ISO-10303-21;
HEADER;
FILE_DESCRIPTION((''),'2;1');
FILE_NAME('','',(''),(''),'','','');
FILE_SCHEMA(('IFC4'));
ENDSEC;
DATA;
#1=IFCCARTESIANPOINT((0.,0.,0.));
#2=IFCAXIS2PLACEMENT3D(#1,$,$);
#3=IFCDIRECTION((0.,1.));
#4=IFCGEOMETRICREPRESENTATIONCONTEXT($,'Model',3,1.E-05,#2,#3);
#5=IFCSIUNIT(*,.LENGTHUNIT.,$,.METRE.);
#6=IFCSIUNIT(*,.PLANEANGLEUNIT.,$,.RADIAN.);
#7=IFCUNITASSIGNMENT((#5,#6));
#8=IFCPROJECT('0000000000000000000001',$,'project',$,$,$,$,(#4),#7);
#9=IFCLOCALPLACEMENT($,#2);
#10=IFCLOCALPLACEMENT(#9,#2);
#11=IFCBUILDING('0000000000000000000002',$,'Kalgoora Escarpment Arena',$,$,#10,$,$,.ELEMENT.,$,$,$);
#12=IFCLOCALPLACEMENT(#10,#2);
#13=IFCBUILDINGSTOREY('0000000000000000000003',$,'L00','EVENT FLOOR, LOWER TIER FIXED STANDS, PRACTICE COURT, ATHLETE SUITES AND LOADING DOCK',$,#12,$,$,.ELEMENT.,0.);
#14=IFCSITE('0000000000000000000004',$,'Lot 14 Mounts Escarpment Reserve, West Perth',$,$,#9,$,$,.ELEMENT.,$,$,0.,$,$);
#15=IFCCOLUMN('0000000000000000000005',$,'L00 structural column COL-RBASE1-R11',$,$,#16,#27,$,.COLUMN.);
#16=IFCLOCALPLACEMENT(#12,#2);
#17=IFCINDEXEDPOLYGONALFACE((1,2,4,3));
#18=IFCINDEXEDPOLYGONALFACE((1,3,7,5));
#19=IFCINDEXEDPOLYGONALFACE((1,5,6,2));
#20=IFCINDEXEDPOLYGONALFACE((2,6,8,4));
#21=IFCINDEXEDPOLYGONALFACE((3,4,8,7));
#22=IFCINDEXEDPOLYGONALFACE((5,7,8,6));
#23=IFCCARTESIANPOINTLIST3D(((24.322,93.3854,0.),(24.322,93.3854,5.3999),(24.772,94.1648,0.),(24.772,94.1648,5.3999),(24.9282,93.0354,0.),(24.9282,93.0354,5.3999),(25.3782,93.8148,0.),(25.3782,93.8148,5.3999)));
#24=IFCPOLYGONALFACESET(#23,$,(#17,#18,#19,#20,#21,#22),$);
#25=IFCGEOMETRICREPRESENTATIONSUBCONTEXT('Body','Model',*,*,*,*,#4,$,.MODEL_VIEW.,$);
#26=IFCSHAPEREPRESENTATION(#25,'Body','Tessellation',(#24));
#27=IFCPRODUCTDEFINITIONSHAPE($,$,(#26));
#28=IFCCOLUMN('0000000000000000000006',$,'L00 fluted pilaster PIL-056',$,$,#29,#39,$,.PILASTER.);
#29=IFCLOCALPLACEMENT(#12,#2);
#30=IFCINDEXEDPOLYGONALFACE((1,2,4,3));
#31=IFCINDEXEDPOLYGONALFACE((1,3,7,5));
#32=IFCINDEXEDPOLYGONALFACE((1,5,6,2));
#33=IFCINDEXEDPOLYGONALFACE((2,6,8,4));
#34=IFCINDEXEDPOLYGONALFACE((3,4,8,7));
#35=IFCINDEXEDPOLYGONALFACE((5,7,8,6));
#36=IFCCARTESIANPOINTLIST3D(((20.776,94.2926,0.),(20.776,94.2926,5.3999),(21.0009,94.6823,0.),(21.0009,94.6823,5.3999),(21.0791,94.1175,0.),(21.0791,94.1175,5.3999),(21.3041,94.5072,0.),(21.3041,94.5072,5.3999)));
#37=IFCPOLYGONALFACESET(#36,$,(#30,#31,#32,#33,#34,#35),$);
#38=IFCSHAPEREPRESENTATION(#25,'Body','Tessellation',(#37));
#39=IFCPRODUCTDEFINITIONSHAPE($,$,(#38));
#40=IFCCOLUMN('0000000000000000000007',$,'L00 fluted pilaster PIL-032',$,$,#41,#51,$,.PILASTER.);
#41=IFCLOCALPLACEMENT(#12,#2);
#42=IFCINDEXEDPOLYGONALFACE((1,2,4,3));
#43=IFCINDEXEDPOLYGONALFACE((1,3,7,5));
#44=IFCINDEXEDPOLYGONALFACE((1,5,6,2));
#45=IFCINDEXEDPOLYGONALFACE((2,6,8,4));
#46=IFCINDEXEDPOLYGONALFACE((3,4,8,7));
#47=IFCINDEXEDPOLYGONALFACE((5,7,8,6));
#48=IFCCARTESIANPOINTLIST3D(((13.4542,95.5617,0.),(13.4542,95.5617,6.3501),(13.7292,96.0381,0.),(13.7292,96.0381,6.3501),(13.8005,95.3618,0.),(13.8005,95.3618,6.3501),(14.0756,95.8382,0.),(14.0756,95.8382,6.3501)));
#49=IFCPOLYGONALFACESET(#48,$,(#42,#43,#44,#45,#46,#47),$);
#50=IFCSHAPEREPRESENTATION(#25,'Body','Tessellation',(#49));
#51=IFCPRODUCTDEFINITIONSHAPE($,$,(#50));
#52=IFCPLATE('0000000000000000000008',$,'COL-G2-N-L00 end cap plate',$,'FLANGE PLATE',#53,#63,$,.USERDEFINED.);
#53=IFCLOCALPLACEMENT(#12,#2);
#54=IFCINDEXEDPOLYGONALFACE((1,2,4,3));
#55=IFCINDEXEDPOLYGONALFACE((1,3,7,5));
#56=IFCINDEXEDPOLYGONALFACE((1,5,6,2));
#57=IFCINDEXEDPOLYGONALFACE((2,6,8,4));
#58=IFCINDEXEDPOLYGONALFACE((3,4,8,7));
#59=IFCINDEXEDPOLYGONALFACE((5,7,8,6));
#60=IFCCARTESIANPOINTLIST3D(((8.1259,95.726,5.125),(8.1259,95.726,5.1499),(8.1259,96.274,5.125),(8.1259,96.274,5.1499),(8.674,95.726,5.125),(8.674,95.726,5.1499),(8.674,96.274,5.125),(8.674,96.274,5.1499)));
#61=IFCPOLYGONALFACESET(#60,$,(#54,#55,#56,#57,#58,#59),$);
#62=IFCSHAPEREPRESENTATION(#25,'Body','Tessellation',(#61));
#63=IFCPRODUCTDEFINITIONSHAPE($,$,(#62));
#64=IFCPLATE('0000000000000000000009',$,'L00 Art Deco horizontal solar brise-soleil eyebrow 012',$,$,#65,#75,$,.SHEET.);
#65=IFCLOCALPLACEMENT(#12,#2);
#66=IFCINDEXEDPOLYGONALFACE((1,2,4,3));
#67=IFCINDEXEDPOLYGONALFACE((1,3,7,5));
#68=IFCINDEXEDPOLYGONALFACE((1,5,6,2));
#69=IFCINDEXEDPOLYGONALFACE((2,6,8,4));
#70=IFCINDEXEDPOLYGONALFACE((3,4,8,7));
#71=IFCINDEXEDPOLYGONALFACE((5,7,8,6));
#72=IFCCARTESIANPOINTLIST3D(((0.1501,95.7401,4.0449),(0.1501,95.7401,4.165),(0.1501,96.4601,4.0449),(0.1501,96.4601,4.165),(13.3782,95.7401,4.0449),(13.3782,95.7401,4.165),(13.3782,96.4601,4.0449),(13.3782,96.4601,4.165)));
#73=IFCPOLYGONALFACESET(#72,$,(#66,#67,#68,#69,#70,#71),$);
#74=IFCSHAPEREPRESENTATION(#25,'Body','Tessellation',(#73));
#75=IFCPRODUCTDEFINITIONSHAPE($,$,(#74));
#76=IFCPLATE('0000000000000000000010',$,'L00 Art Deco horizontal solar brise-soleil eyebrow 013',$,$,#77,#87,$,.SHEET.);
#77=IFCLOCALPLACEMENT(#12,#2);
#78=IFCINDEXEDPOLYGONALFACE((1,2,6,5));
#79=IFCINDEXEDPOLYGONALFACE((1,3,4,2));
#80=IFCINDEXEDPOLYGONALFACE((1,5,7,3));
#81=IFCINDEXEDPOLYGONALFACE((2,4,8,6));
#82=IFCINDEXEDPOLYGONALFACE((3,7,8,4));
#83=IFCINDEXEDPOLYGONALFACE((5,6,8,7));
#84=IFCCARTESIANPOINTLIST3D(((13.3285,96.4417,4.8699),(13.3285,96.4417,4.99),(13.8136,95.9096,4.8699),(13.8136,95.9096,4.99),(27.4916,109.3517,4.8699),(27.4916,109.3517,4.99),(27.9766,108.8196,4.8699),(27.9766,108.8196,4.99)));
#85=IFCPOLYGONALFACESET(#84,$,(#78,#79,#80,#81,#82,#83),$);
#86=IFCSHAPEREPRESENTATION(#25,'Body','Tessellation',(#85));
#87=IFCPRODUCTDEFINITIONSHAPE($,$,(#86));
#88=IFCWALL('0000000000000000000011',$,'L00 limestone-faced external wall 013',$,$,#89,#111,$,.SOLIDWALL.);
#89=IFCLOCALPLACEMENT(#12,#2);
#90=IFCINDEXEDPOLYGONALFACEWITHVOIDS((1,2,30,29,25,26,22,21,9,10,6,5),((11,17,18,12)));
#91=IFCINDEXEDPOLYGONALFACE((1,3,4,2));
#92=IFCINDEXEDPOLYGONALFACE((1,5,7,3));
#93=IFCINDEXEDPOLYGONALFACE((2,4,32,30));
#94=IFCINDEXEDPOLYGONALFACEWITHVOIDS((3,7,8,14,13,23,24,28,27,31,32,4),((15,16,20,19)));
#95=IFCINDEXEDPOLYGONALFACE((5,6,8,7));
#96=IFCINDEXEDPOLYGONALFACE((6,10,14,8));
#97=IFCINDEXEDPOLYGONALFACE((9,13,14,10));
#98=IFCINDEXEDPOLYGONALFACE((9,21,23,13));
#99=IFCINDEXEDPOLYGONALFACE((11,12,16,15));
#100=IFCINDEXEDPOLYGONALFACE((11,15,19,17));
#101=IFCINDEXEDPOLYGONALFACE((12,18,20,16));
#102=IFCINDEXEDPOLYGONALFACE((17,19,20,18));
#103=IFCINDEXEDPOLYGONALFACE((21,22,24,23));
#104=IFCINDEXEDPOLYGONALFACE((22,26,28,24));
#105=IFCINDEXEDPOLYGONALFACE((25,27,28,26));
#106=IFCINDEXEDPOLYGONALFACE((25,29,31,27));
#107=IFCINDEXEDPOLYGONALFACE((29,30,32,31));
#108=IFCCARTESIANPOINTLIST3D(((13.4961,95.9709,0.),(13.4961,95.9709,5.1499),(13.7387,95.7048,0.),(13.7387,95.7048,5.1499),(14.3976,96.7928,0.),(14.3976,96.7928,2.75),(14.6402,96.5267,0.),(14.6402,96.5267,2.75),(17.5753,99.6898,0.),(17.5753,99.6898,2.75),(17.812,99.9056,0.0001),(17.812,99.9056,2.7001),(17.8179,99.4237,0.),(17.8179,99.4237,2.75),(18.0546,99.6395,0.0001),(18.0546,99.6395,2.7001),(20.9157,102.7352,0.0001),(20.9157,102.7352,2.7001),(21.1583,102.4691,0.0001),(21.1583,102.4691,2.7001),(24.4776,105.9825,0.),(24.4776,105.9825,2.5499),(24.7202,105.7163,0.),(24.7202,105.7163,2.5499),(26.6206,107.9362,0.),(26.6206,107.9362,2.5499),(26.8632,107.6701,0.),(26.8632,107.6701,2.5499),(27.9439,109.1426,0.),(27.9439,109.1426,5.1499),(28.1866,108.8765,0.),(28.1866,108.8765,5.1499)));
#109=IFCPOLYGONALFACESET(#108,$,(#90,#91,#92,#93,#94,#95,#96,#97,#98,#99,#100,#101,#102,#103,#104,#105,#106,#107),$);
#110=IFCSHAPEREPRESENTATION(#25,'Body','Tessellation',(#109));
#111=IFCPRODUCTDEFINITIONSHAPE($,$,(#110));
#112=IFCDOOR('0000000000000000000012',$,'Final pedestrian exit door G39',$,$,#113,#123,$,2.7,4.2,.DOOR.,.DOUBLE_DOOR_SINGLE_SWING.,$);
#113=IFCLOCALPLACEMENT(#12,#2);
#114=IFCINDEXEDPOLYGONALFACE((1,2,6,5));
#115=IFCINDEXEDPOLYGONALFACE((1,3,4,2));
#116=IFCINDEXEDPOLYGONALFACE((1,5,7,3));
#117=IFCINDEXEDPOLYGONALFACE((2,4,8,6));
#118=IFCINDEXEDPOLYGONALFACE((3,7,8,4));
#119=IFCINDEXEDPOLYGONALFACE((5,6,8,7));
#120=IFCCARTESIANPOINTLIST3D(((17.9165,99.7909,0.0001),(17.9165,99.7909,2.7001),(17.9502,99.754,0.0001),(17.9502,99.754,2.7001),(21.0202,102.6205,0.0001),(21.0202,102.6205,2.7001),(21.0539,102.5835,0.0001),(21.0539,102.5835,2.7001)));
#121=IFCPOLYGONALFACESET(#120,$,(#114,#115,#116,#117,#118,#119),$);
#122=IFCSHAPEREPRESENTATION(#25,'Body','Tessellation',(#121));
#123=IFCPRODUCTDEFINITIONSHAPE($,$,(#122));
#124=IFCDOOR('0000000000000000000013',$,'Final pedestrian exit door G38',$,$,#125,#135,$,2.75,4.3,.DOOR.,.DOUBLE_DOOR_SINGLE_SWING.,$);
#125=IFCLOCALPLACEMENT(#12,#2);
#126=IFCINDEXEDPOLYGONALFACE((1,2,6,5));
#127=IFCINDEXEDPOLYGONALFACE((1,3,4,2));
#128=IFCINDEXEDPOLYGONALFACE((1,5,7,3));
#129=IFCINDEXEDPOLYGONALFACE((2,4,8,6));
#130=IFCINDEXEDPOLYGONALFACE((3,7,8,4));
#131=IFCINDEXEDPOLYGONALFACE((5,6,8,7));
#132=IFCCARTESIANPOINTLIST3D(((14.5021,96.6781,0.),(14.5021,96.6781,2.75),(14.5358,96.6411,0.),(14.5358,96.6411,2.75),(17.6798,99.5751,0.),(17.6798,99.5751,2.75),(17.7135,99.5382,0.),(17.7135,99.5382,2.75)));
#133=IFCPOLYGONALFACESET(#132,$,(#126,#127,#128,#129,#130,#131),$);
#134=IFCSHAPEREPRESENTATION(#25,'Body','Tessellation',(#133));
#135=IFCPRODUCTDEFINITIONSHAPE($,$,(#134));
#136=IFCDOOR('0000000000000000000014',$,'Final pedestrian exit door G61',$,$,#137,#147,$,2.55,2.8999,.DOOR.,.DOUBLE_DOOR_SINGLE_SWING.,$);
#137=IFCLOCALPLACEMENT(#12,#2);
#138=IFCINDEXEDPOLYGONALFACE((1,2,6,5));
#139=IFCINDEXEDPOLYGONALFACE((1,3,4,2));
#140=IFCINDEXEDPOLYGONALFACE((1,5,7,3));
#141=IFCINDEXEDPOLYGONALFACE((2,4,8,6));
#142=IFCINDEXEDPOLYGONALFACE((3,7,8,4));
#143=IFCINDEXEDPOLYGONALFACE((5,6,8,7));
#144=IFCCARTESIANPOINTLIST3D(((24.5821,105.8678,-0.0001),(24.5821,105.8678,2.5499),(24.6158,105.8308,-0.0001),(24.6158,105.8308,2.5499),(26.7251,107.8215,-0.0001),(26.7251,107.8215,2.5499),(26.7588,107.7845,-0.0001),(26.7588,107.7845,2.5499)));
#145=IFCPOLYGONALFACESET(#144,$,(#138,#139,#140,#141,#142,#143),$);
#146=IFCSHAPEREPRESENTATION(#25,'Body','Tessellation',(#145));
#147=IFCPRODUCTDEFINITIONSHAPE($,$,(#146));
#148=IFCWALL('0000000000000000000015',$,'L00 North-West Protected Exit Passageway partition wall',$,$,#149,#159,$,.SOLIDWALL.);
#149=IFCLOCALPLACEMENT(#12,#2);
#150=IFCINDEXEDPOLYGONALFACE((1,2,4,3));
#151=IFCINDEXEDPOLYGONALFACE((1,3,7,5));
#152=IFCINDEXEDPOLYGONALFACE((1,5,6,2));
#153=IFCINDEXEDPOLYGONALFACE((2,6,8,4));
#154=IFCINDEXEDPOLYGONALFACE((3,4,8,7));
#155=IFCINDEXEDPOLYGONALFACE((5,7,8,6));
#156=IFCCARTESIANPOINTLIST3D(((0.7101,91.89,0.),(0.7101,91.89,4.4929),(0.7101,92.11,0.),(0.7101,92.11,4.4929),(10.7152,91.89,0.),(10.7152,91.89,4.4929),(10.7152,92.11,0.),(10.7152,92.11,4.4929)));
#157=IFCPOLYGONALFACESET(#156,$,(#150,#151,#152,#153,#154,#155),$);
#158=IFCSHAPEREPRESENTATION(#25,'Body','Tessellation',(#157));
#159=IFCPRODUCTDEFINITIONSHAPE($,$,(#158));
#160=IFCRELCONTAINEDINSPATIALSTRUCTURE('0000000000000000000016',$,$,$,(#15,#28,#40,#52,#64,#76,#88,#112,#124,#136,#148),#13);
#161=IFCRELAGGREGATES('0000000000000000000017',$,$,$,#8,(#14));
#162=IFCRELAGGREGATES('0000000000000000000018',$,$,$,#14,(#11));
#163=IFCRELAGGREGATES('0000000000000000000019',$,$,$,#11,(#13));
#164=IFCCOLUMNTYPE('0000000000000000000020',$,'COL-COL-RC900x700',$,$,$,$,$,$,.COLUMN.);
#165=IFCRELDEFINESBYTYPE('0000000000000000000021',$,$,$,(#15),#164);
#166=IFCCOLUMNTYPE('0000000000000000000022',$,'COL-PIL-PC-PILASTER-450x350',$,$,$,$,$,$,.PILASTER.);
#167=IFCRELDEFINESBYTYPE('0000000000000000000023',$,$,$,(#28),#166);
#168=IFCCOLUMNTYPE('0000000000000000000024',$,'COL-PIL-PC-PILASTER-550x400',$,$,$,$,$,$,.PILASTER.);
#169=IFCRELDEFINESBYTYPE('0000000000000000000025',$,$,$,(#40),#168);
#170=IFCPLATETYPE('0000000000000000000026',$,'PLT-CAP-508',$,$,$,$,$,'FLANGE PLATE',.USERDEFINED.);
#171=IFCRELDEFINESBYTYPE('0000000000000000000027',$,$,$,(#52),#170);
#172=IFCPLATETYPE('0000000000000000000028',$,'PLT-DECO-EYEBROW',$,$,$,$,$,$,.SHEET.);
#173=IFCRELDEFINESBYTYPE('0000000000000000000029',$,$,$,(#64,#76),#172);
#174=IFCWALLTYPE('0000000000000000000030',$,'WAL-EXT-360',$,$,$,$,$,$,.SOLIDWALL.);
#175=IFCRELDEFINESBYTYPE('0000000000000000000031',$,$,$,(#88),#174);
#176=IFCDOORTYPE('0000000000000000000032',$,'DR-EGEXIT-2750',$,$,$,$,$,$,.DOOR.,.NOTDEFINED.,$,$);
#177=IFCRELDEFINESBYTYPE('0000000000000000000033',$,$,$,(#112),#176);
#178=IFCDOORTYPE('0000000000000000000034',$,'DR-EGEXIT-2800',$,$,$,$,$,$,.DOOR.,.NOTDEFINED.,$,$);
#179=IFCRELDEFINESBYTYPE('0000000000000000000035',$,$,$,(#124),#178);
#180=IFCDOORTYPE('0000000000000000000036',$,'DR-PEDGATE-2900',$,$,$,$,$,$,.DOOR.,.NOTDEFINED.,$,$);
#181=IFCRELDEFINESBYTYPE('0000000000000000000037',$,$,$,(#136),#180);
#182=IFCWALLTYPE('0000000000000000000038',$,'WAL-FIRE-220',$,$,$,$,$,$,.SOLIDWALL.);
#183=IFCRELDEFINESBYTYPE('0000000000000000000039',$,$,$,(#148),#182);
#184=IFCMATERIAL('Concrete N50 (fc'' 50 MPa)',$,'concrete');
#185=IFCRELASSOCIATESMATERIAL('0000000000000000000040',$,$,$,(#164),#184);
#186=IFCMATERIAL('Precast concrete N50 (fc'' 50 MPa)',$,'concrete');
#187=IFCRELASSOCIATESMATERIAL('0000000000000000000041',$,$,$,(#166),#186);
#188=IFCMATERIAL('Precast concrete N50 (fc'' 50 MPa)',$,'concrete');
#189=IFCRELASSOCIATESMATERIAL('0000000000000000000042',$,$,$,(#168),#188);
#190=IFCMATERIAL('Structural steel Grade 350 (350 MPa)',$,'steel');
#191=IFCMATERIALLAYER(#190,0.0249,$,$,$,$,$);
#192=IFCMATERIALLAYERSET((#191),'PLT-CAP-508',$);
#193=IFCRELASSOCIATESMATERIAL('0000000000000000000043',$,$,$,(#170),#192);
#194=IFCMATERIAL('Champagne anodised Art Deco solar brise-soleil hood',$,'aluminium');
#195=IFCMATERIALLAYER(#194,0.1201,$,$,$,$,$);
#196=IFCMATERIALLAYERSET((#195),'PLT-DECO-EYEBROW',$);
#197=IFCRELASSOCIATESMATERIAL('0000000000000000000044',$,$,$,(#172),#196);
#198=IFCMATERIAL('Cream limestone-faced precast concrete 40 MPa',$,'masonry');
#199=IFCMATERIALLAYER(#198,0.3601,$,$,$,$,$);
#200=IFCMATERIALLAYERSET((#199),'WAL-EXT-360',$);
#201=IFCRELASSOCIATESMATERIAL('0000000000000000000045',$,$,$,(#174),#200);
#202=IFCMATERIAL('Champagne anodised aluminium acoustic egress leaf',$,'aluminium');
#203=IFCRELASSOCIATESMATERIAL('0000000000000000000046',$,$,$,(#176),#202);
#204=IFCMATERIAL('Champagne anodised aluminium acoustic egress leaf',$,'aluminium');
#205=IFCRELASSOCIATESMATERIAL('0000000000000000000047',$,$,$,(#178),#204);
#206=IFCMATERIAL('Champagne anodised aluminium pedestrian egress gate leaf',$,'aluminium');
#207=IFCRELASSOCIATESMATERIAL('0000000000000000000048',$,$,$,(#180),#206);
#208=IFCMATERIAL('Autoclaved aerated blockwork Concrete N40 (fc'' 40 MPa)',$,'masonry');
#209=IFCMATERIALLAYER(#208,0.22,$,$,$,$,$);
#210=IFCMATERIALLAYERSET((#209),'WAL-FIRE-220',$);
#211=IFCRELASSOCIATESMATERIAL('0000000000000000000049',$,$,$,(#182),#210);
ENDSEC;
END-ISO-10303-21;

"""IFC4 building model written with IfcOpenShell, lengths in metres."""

from ifc_helpers import new_model, si_unit, direction, frame, frame_2d, origin, origin_2d, place, context, subcontext, project, spatial, rectangle, extrude, material, layer, layer_set, material_profile, profile_set, type_object, element, fill, save


model = new_model("IFC4")

# Units and contexts
model_context = context("Model", 3, precision=1e-05, world=origin(), true_north=direction((0.0, 1.0)))
body_context = subcontext(model_context, "Body", "Model", "MODEL_VIEW")
ifc_project = project(units=[si_unit("LENGTHUNIT", "METRE"), si_unit("PLANEANGLEUNIT", "RADIAN")], contexts=[model_context])

# Site, building, storey
site_placement = place(None, origin())
site = spatial("IfcSite", under=ifc_project, at=site_placement, Name="Lot 14 Mounts Escarpment Reserve, West Perth", CompositionType="ELEMENT", RefElevation=0.0)
building_placement = place(site_placement, origin())
building = spatial("IfcBuilding", under=site, at=building_placement, Name="Kalgoora Escarpment Arena", CompositionType="ELEMENT")
storey_placement = place(building_placement, origin())
storey = spatial("IfcBuildingStorey", under=building, at=storey_placement, Name="L00", Description="EVENT FLOOR, LOWER TIER FIXED STANDS, PRACTICE COURT, ATHLETE SUITES AND LOADING DOCK", CompositionType="ELEMENT", Elevation=0.0)

# Columns
ifc_material_1 = material(Name="Concrete N50 (fc' 50 MPa)", Category="concrete")
ifc_material_profile_1 = material_profile(ifc_material_1, rectangle(XDim=0.7, YDim=0.8999, at=origin_2d()))
ifc_profile_set_1 = profile_set([ifc_material_profile_1], Name="Concrete N50 (fc' 50 MPa)")
column_type_1 = type_object("IfcColumnType", Name="COL-COL-RC900x700", PredefinedType="COLUMN", material=ifc_profile_set_1)
column_1_placement = place(storey_placement, frame((24.8501, 93.6001, 0.0), z_axis=(0.0, 0.0, 1.0), x_axis=(-0.866025, 0.5, 0.0)))
element("IfcColumn", 1, at=column_1_placement, inside=storey, type_object=column_type_1, Name="L00 structural column COL-RBASE1-R11", PredefinedType="COLUMN", context=body_context, shape_type="SweptSolid", body=[
    extrude(rectangle(XDim=0.7, YDim=0.8999, at=origin_2d()), origin(), (0.0, 0.0, 1.0), 5.3999),
])
ifc_material_2 = material(Name="Precast concrete N50 (fc' 50 MPa)", Category="concrete")
ifc_material_profile_2 = material_profile(ifc_material_2, rectangle(XDim=0.3501, YDim=0.45, at=origin_2d()))
ifc_profile_set_2 = profile_set([ifc_material_profile_2], Name="Precast concrete N50 (fc' 50 MPa)")
column_type_2 = type_object("IfcColumnType", Name="COL-PIL-PC-PILASTER-450x350", PredefinedType="PILASTER", material=ifc_profile_set_2)
column_2_placement = place(storey_placement, frame((21.04, 94.3999, 0.0), z_axis=(0.0, 0.0, 1.0), x_axis=(-0.866025, 0.5, 0.0)))
element("IfcColumn", 2, at=column_2_placement, inside=storey, type_object=column_type_2, Name="L00 fluted pilaster PIL-056", PredefinedType="PILASTER", context=body_context, shape_type="SweptSolid", body=[
    extrude(rectangle(XDim=0.3501, YDim=0.45, at=origin_2d()), origin(), (0.0, 0.0, 1.0), 5.3999),
])
ifc_material_3 = material(Name="Precast concrete N50 (fc' 50 MPa)", Category="concrete")
ifc_material_profile_3 = material_profile(ifc_material_3, rectangle(XDim=0.3999, YDim=0.55, at=origin_2d()))
ifc_profile_set_3 = profile_set([ifc_material_profile_3], Name="Precast concrete N50 (fc' 50 MPa)")
column_type_3 = type_object("IfcColumnType", Name="COL-PIL-PC-PILASTER-550x400", PredefinedType="PILASTER", material=ifc_profile_set_3)
column_3_placement = place(storey_placement, frame((13.7649, 95.7, 0.0), z_axis=(0.0, 0.0, 1.0), x_axis=(-0.866025, 0.5, 0.0)))
element("IfcColumn", 3, at=column_3_placement, inside=storey, type_object=column_type_3, Name="L00 fluted pilaster PIL-032", PredefinedType="PILASTER", context=body_context, shape_type="SweptSolid", body=[
    extrude(rectangle(XDim=0.3999, YDim=0.55, at=origin_2d()), origin(), (0.0, 0.0, 1.0), 6.3501),
])

# Plates
ifc_material_4 = material(Name="Structural steel Grade 350 (350 MPa)", Category="steel")
ifc_layer_1 = layer(ifc_material_4, 0.0249)
ifc_layer_set_1 = layer_set([ifc_layer_1], Name="PLT-CAP-508")
plate_type_1 = type_object("IfcPlateType", Name="PLT-CAP-508", ElementType="FLANGE PLATE", PredefinedType="USERDEFINED", material=ifc_layer_set_1)
plate_1_placement = place(storey_placement, frame((8.3999, 96.0, 5.125), z_axis=(0.0, 0.0, 1.0), x_axis=(1.0, 0.0, 0.0)))
element("IfcPlate", 4, at=plate_1_placement, inside=storey, type_object=plate_type_1, Name="COL-G2-N-L00 end cap plate", ObjectType="FLANGE PLATE", PredefinedType="USERDEFINED", context=body_context, shape_type="SweptSolid", body=[
    extrude(rectangle(XDim=0.5481, YDim=0.5481, at=origin_2d()), origin(), (0.0, 0.0, 1.0), 0.0249),
])
ifc_material_5 = material(Name="Champagne anodised Art Deco solar brise-soleil hood", Category="aluminium")
ifc_layer_2 = layer(ifc_material_5, 0.1201)
ifc_layer_set_2 = layer_set([ifc_layer_2], Name="PLT-DECO-EYEBROW")
plate_type_2 = type_object("IfcPlateType", Name="PLT-DECO-EYEBROW", PredefinedType="SHEET", material=ifc_layer_set_2)
plate_2_placement = place(storey_placement, frame((6.7642, 96.1001, 4.0449), z_axis=(0.0, 0.0, 1.0), x_axis=(1.0, 0.0, 0.0)))
element("IfcPlate", 5, at=plate_2_placement, inside=storey, type_object=plate_type_2, Name="L00 Art Deco horizontal solar brise-soleil eyebrow 012", PredefinedType="SHEET", context=body_context, shape_type="SweptSolid", body=[
    extrude(rectangle(XDim=13.228, YDim=0.72, at=origin_2d()), origin(), (0.0, 0.0, 1.0), 0.1201),
])
plate_3_placement = place(storey_placement, frame((20.6526, 102.6306, 4.8699), z_axis=(0.0, 0.0, 1.0), x_axis=(0.739043, 0.673658, 0.0)))
element("IfcPlate", 6, at=plate_3_placement, inside=storey, type_object=plate_type_2, Name="L00 Art Deco horizontal solar brise-soleil eyebrow 013", PredefinedType="SHEET", context=body_context, shape_type="SweptSolid", body=[
    extrude(rectangle(XDim=19.1641, YDim=0.72, at=origin_2d()), origin(), (0.0, 0.0, 1.0), 0.1201),
])

# Wall, openings, doors
ifc_material_6 = material(Name="Cream limestone-faced precast concrete 40 MPa", Category="masonry")
ifc_layer_3 = layer(ifc_material_6, 0.3601)
ifc_layer_set_3 = layer_set([ifc_layer_3], Name="WAL-EXT-360")
wall_type_1 = type_object("IfcWallType", Name="WAL-EXT-360", PredefinedType="SOLIDWALL", material=ifc_layer_set_3)
wall_1_placement = place(storey_placement, frame((13.6174, 95.8379, 0.0), z_axis=(0.0, 0.0, 1.0), x_axis=(0.738989, 0.673717, 0.0)))
wall_1 = element("IfcWall", 7, at=wall_1_placement, inside=storey, type_object=wall_type_1, Name="L00 limestone-faced external wall 013", PredefinedType="SOLIDWALL", context=body_context, shape_type="SweptSolid", body=[
    extrude(rectangle(XDim=19.5508, YDim=0.3601, at=frame_2d((9.7754, 0.0))), origin(), (0.0, 0.0, 1.0), 5.1499),
])
opening_1_placement = place(wall_1_placement, frame((1.22, 0.0, 0.0)))
opening_1 = element("IfcOpeningElement", 8, at=opening_1_placement, cuts=wall_1, PredefinedType="OPENING", context=body_context, shape_type="SweptSolid", body=[
    extrude(rectangle(XDim=4.3, YDim=2.75, at=frame_2d((2.1499, 1.375))), frame((0.0, 0.1899, 0.0), z_axis=(0.0, -1.0, 0.0), x_axis=(1.0, 0.0, 0.0)), (0.0, 0.0, 1.0), 0.3801),
])
opening_2_placement = place(wall_1_placement, frame((5.8401, 0.0, 0.0)))
opening_2 = element("IfcOpeningElement", 9, at=opening_2_placement, cuts=wall_1, PredefinedType="OPENING", context=body_context, shape_type="SweptSolid", body=[
    extrude(rectangle(XDim=4.2, YDim=2.7, at=frame_2d((2.1001, 1.3501))), frame((0.0, 0.1899, 0.0), z_axis=(0.0, -1.0, 0.0), x_axis=(1.0, 0.0, 0.0)), (0.0, 0.0, 1.0), 0.3801),
])
opening_3_placement = place(wall_1_placement, frame((14.8601, 0.0, 0.0)))
opening_3 = element("IfcOpeningElement", 10, at=opening_3_placement, cuts=wall_1, PredefinedType="OPENING", context=body_context, shape_type="SweptSolid", body=[
    extrude(rectangle(XDim=2.8999, YDim=2.55, at=frame_2d((1.45, 1.2749))), frame((0.0, 0.1899, 0.0), z_axis=(0.0, -1.0, 0.0), x_axis=(1.0, 0.0, 0.0)), (0.0, 0.0, 1.0), 0.3801),
])
ifc_material_7 = material(Name="Champagne anodised aluminium acoustic egress leaf", Category="aluminium")
door_type_1 = type_object("IfcDoorType", Name="DR-EGEXIT-2750", OperationType="NOTDEFINED", PredefinedType="DOOR", material=ifc_material_7)
door_1_placement = place(opening_2_placement, origin())
door_1 = element("IfcDoor", 11, at=door_1_placement, inside=storey, type_object=door_type_1, Name="Final pedestrian exit door G39", OperationType="DOUBLE_DOOR_SINGLE_SWING", OverallHeight=2.7, OverallWidth=4.2, PredefinedType="DOOR", context=body_context, shape_type="SweptSolid", body=[
    extrude(rectangle(XDim=4.2, YDim=2.7, at=frame_2d((2.1001, 1.3501))), frame((0.0, 0.0249, 0.0), z_axis=(0.0, -1.0, 0.0), x_axis=(1.0, 0.0, 0.0)), (0.0, 0.0, 1.0), 0.05),
])
fill(opening_2, door_1)
ifc_material_8 = material(Name="Champagne anodised aluminium acoustic egress leaf", Category="aluminium")
door_type_2 = type_object("IfcDoorType", Name="DR-EGEXIT-2800", OperationType="NOTDEFINED", PredefinedType="DOOR", material=ifc_material_8)
door_2_placement = place(opening_1_placement, origin())
door_2 = element("IfcDoor", 12, at=door_2_placement, inside=storey, type_object=door_type_2, Name="Final pedestrian exit door G38", OperationType="DOUBLE_DOOR_SINGLE_SWING", OverallHeight=2.75, OverallWidth=4.3, PredefinedType="DOOR", context=body_context, shape_type="SweptSolid", body=[
    extrude(rectangle(XDim=4.3, YDim=2.75, at=frame_2d((2.1499, 1.375))), frame((0.0, 0.0249, 0.0), z_axis=(0.0, -1.0, 0.0), x_axis=(1.0, 0.0, 0.0)), (0.0, 0.0, 1.0), 0.05),
])
fill(opening_1, door_2)
ifc_material_9 = material(Name="Champagne anodised aluminium pedestrian egress gate leaf", Category="aluminium")
door_type_3 = type_object("IfcDoorType", Name="DR-PEDGATE-2900", OperationType="NOTDEFINED", PredefinedType="DOOR", material=ifc_material_9)
door_3_placement = place(opening_3_placement, origin())
door_3 = element("IfcDoor", 13, at=door_3_placement, inside=storey, type_object=door_type_3, Name="Final pedestrian exit door G61", OperationType="DOUBLE_DOOR_SINGLE_SWING", OverallHeight=2.55, OverallWidth=2.8999, PredefinedType="DOOR", context=body_context, shape_type="SweptSolid", body=[
    extrude(rectangle(XDim=2.8999, YDim=2.55, at=frame_2d((1.45, 1.2749))), frame((0.0, 0.0249, 0.0), z_axis=(0.0, -1.0, 0.0), x_axis=(1.0, 0.0, 0.0)), (0.0, 0.0, 1.0), 0.05),
])
fill(opening_3, door_3)

# Wall
ifc_material_10 = material(Name="Autoclaved aerated blockwork Concrete N40 (fc' 40 MPa)", Category="masonry")
ifc_layer_4 = layer(ifc_material_10, 0.22)
ifc_layer_set_4 = layer_set([ifc_layer_4], Name="WAL-FIRE-220")
wall_type_2 = type_object("IfcWallType", Name="WAL-FIRE-220", PredefinedType="SOLIDWALL", material=ifc_layer_set_4)
wall_2_placement = place(storey_placement, frame((10.7151, 92.0, 0.0), z_axis=(0.0, 0.0, 1.0), x_axis=(-1.0, 0.0, 0.0)))
element("IfcWall", 14, at=wall_2_placement, inside=storey, type_object=wall_type_2, Name="L00 North-West Protected Exit Passageway partition wall", PredefinedType="SOLIDWALL", context=body_context, shape_type="SweptSolid", body=[
    extrude(rectangle(XDim=10.0051, YDim=0.22, at=frame_2d((5.0024, 0.0))), origin(), (0.0, 0.0, 1.0), 4.4929),
])

save(model, "model.ifc")
